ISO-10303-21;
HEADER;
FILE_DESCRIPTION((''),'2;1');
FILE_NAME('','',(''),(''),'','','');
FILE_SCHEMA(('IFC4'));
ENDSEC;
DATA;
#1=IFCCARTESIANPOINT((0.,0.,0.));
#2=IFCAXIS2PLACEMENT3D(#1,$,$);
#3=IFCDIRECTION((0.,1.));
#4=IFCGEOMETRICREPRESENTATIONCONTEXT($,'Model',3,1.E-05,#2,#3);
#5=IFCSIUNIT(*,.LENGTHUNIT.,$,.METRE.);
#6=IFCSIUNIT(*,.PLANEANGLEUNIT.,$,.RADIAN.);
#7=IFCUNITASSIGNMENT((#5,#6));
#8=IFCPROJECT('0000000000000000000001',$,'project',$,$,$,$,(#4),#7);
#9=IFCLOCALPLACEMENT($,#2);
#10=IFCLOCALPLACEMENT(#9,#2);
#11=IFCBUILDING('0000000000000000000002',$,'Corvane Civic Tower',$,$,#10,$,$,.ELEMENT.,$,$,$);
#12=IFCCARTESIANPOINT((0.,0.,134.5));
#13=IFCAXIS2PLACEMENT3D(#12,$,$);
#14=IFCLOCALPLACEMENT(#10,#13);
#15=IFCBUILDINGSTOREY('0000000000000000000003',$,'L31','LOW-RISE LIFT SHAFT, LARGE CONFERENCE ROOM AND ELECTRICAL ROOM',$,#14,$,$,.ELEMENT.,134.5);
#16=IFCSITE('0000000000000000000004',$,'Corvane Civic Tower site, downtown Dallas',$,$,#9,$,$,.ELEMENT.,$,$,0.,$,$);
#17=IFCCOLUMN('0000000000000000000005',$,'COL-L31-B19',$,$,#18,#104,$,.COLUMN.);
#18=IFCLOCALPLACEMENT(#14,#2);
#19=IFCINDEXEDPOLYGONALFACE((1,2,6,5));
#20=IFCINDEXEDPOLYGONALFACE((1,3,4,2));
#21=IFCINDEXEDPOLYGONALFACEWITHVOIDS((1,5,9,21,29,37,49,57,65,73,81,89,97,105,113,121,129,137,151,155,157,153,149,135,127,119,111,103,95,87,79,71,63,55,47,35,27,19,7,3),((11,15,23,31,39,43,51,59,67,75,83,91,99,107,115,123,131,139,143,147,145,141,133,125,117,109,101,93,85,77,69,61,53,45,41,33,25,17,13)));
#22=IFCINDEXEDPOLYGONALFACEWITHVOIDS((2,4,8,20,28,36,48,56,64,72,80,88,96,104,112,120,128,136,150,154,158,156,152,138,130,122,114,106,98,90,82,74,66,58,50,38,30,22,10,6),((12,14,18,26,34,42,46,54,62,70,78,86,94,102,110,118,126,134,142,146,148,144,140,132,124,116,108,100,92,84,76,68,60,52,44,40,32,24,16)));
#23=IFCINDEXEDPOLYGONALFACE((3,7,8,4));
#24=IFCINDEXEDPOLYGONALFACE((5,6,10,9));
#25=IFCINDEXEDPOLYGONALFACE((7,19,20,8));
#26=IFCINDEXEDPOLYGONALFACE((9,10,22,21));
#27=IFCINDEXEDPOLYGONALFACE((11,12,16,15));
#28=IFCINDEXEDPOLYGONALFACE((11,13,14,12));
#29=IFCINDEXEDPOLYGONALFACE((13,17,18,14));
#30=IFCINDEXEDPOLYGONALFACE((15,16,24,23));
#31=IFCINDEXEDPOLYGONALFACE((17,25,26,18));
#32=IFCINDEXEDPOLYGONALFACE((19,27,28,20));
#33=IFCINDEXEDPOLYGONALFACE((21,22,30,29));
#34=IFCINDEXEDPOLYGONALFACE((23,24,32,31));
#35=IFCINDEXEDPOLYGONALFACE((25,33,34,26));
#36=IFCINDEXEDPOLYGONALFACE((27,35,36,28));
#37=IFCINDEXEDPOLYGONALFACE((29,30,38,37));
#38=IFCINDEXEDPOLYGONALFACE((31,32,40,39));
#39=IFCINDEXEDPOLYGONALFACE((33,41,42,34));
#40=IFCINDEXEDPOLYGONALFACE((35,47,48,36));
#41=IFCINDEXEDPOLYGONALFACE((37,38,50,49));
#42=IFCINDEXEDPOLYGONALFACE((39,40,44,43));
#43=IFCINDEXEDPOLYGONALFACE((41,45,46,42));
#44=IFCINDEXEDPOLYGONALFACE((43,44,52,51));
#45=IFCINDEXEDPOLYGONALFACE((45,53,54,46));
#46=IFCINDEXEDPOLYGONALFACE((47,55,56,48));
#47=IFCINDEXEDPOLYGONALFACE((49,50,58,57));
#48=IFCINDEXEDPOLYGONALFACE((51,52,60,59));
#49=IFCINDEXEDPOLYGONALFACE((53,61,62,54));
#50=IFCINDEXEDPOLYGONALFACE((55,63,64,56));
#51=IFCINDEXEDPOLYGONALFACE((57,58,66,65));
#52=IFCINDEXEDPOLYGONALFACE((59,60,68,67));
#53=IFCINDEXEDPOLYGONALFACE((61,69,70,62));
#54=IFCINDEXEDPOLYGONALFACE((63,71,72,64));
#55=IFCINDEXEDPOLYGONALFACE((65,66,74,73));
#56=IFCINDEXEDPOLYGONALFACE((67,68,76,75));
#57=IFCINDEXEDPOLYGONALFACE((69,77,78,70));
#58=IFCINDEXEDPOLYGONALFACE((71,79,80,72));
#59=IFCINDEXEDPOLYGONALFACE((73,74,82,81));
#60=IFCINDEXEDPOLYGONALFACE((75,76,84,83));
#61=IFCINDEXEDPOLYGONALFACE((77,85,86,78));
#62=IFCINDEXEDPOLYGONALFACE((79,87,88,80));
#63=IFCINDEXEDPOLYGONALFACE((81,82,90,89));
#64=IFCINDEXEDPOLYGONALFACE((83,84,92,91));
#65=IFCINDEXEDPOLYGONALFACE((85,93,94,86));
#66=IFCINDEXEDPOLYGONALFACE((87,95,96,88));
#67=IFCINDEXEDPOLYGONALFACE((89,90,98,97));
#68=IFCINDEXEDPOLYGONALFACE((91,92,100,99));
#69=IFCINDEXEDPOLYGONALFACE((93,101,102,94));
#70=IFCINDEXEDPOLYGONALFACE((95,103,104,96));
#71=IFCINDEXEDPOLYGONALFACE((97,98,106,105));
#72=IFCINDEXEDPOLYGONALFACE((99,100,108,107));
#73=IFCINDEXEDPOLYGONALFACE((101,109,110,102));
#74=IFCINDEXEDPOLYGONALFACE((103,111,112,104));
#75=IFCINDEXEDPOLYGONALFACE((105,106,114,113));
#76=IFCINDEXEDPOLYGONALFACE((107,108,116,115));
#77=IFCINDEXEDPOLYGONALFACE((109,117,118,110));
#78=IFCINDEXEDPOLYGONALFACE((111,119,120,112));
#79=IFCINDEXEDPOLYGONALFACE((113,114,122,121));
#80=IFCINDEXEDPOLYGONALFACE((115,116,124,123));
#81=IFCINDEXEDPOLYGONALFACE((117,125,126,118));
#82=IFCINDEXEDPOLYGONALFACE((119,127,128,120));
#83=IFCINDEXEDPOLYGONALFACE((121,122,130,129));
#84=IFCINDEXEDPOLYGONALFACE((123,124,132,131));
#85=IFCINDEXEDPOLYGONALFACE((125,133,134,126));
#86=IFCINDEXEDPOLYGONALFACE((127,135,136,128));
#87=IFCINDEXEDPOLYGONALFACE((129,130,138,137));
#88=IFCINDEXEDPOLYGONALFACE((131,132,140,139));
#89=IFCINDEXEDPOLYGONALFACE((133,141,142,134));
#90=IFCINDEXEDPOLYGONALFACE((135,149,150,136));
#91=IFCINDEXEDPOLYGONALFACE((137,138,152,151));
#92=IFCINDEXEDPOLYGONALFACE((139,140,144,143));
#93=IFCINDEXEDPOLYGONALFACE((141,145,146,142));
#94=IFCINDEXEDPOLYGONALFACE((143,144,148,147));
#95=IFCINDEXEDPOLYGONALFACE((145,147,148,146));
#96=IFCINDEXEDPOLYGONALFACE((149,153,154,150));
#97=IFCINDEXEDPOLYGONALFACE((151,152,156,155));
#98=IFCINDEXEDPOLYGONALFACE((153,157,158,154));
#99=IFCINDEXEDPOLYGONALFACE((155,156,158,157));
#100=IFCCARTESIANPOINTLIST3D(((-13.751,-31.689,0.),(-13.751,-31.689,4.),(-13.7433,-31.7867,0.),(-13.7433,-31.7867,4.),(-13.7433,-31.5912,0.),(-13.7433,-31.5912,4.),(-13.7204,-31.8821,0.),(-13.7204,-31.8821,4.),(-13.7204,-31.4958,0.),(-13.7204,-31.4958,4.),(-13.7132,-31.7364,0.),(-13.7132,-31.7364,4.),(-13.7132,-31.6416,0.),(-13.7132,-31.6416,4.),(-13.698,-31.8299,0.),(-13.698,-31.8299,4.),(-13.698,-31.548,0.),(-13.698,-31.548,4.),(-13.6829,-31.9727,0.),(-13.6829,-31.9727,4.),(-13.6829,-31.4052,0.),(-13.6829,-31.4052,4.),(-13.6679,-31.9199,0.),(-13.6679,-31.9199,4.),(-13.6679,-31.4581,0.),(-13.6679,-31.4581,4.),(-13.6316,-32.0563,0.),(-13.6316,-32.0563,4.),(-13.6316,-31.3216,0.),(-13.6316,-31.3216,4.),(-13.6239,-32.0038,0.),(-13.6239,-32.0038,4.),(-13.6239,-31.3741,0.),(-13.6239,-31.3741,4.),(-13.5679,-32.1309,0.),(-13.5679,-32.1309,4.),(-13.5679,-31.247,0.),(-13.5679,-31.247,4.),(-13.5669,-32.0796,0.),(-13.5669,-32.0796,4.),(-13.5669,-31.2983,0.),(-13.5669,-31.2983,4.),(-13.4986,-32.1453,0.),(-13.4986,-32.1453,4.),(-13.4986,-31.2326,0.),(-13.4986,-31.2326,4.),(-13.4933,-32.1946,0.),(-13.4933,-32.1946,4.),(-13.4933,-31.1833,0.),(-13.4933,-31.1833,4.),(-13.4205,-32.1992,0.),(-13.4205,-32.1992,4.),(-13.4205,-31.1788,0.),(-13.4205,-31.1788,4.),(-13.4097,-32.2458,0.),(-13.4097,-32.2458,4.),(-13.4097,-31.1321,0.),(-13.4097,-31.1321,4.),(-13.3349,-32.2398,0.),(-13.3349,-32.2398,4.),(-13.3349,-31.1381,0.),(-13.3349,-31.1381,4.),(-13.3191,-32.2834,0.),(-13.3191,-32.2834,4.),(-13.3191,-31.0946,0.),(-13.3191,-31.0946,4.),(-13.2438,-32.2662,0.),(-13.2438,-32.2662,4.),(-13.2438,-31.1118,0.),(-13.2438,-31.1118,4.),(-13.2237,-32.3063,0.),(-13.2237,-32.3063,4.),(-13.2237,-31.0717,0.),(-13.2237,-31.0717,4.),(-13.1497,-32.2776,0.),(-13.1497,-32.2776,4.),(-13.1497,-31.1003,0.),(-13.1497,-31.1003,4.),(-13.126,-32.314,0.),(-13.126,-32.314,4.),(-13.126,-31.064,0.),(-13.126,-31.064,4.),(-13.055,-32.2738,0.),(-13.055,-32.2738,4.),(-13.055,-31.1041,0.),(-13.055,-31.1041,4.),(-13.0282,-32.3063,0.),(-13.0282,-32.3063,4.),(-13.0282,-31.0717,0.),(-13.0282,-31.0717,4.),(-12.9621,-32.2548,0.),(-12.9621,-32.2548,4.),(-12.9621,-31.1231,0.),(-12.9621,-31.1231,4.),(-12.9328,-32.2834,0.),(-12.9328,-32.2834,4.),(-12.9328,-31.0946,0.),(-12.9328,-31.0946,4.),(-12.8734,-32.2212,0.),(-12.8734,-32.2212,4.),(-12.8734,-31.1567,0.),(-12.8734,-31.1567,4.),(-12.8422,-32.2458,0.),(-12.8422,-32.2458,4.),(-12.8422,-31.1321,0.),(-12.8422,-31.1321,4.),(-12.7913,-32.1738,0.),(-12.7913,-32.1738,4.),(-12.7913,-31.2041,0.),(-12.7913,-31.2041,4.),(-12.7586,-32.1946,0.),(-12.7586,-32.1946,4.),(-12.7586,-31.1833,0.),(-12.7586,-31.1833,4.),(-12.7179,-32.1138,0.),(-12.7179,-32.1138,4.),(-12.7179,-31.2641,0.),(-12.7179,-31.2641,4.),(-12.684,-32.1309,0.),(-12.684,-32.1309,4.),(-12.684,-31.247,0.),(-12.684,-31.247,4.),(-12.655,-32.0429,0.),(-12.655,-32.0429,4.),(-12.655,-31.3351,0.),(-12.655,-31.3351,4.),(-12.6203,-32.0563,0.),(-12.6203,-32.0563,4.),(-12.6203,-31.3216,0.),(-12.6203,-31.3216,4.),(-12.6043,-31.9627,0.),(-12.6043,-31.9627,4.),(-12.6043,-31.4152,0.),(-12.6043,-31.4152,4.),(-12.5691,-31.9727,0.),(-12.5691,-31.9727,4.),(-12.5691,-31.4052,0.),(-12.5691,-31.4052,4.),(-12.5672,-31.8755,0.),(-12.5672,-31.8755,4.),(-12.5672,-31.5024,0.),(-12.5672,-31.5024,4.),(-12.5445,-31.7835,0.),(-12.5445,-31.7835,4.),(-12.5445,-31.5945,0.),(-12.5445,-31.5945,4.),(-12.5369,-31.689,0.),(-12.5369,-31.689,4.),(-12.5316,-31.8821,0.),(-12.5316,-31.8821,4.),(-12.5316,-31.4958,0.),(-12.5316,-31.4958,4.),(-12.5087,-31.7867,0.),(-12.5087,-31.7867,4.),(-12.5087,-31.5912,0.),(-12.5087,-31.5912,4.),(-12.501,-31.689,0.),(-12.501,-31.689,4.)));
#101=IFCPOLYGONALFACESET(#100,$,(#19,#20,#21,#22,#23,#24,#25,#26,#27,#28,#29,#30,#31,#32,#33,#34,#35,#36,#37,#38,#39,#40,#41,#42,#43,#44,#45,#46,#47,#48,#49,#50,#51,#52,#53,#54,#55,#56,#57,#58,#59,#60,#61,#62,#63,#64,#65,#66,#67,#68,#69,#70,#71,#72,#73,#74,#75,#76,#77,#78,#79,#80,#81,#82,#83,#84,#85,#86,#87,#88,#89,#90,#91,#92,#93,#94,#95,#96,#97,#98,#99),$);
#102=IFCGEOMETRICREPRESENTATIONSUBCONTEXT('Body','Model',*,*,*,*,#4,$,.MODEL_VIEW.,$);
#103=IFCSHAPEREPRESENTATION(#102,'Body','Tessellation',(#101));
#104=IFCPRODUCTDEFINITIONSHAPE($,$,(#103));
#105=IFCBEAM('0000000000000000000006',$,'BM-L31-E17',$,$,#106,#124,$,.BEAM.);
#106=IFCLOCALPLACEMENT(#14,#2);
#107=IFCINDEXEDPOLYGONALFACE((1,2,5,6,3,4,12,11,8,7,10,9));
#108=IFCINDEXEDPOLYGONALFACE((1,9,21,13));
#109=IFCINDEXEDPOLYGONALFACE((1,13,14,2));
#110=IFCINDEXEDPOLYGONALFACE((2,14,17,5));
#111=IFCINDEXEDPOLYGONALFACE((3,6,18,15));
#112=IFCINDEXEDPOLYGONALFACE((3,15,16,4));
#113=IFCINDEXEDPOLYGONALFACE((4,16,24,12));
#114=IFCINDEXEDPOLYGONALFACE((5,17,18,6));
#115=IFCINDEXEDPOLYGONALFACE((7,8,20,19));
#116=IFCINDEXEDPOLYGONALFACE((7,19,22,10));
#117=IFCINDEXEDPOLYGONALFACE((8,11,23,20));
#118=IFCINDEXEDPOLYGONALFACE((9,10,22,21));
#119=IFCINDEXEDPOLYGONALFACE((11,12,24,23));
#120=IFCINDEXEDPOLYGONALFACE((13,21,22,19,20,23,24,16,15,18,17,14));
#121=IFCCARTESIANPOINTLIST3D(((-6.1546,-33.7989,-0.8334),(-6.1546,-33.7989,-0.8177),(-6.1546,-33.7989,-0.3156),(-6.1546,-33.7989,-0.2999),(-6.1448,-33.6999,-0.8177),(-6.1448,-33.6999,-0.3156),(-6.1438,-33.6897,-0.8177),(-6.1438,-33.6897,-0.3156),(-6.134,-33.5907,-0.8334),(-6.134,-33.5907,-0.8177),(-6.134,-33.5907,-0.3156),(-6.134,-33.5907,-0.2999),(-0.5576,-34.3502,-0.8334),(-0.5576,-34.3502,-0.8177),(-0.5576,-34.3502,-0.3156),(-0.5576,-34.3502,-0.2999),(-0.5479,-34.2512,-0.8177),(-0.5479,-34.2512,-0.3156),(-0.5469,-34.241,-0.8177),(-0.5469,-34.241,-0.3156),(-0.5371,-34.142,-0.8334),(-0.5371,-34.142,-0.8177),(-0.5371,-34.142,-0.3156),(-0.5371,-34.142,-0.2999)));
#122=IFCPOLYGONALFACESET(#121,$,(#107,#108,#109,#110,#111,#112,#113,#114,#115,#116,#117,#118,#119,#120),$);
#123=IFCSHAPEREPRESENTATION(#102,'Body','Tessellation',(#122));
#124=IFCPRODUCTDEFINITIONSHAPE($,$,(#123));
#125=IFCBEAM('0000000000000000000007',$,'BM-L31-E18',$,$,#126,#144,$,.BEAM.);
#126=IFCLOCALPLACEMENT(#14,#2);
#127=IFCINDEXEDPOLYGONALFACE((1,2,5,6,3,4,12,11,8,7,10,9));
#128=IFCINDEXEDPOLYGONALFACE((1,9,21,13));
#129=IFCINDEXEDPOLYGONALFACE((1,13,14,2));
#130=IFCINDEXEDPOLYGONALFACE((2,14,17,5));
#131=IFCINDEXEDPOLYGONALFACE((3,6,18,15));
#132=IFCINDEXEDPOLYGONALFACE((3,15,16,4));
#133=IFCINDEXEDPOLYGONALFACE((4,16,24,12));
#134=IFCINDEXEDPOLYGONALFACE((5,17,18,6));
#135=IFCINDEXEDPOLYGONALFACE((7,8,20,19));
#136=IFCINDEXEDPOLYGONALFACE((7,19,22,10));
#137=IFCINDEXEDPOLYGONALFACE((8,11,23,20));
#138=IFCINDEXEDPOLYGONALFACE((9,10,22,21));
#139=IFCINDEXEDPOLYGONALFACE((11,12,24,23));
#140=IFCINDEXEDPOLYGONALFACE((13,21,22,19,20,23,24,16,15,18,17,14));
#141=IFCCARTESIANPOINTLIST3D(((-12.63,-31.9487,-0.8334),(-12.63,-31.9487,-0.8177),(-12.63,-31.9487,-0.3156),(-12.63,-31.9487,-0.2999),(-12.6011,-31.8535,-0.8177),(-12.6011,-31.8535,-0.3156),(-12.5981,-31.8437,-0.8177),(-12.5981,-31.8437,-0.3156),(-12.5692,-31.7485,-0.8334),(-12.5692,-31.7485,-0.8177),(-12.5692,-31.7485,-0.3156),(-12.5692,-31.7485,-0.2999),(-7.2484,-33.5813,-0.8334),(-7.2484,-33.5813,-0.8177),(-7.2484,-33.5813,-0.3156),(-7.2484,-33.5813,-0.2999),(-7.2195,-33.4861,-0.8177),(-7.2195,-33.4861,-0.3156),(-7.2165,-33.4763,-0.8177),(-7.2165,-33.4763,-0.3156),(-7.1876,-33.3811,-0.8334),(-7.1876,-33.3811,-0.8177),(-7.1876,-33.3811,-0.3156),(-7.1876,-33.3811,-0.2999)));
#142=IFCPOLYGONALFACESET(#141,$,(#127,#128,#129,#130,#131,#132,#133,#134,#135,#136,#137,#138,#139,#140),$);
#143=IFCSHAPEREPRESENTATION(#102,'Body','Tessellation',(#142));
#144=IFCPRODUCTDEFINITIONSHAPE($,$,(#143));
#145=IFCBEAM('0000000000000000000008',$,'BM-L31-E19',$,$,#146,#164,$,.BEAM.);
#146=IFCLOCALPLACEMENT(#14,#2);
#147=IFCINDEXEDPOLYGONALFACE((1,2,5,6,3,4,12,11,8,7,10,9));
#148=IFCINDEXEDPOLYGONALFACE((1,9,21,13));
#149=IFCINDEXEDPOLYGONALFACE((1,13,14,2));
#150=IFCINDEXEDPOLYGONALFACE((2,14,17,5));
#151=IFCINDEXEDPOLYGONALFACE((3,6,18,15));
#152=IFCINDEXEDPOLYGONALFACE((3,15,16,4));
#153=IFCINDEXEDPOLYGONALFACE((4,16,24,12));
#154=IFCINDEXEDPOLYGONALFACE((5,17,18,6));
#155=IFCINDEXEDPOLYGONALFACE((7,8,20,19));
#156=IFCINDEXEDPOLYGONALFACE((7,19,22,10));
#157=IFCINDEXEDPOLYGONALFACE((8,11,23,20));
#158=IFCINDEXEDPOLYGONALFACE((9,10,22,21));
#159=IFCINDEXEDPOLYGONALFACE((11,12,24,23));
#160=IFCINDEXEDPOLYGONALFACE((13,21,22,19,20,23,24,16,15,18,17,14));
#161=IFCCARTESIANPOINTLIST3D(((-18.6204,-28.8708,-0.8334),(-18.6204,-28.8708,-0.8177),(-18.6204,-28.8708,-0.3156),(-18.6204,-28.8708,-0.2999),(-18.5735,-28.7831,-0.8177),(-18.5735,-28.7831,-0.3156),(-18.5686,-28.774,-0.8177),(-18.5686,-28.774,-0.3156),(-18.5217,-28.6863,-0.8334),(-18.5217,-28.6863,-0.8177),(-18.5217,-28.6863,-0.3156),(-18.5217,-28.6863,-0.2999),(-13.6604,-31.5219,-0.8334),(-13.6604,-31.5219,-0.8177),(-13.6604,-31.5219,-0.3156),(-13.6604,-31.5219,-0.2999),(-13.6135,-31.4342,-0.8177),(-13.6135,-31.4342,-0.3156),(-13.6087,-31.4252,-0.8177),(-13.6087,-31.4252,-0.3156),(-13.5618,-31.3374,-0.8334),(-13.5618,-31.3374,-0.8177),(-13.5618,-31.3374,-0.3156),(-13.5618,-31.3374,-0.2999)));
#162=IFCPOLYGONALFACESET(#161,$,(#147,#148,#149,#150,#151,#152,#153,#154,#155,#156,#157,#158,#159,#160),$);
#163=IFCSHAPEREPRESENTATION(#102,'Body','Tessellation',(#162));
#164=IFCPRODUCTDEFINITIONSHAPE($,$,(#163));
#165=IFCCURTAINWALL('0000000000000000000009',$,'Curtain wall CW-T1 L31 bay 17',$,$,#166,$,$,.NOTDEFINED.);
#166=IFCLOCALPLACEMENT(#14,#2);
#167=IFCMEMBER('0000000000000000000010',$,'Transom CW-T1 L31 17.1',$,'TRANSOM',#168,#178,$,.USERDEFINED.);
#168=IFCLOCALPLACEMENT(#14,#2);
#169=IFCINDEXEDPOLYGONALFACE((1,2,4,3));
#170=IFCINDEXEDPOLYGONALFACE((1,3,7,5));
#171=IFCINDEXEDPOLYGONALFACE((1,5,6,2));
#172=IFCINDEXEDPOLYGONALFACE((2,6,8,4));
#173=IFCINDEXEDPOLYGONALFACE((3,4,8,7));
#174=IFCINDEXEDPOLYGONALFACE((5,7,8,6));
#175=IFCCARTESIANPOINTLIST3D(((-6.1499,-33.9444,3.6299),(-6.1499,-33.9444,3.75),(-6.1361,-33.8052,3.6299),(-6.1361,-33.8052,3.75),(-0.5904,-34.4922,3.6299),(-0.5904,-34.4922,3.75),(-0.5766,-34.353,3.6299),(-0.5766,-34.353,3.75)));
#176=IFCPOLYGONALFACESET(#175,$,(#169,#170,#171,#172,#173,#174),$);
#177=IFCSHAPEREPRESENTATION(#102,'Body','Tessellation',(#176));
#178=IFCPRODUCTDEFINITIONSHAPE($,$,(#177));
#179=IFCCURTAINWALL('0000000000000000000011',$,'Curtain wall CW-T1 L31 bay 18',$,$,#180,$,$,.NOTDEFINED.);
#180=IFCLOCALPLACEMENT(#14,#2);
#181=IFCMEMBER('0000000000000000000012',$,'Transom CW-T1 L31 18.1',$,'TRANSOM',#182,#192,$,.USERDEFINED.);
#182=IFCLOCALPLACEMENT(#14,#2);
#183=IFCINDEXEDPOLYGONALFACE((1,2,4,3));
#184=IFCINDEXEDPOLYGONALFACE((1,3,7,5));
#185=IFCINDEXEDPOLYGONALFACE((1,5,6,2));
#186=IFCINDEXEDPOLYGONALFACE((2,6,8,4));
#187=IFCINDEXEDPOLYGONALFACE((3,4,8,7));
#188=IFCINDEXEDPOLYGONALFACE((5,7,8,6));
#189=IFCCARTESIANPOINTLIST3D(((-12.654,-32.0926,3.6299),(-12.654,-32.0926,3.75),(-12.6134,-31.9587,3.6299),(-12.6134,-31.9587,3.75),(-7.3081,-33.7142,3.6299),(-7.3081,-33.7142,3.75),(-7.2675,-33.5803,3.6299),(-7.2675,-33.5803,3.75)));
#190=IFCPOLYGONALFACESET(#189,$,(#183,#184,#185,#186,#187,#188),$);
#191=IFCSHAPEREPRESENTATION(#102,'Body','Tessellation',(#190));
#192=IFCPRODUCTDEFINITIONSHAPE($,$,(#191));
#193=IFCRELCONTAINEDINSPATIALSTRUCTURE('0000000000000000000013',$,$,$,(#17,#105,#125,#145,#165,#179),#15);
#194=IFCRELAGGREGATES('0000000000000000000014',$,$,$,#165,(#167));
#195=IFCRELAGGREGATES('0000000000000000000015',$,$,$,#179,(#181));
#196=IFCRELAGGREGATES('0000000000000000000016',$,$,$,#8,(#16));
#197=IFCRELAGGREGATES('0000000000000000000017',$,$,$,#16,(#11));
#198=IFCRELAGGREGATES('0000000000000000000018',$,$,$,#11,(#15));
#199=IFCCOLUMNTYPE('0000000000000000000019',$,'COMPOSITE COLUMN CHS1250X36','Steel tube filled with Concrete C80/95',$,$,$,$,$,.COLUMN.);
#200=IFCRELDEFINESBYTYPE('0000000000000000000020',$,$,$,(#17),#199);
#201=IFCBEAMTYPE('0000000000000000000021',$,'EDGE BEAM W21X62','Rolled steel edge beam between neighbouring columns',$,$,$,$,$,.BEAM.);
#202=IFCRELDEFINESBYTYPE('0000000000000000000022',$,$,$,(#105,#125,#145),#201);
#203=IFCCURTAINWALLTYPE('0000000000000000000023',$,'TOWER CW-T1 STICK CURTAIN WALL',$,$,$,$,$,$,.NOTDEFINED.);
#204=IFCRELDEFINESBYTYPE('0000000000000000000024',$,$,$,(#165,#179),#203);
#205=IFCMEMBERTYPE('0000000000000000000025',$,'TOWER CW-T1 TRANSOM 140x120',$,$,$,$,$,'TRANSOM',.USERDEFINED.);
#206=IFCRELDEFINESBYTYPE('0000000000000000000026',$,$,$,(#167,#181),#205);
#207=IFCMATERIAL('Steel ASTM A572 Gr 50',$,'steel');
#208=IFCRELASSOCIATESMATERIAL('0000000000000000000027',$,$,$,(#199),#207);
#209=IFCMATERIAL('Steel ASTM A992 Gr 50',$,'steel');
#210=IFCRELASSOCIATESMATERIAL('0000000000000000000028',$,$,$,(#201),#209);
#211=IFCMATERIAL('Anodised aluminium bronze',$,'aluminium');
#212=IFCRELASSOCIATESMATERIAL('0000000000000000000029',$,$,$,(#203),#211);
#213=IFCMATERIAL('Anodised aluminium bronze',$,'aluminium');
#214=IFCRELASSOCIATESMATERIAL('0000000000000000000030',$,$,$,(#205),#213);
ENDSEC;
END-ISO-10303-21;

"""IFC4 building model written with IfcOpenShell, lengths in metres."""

from ifc_helpers import new_model, si_unit, direction, frame, origin, origin_2d, place, context, subcontext, project, spatial, rectangle, hollow_circle, i_section, extrude, material, material_profile, profile_set, type_object, element, aggregate, save


model = new_model("IFC4")

# Units and contexts
model_context = context("Model", 3, precision=1e-05, world=origin(), true_north=direction((0.0, 1.0)))
body_context = subcontext(model_context, "Body", "Model", "MODEL_VIEW")
ifc_project = project(units=[si_unit("LENGTHUNIT", "METRE"), si_unit("PLANEANGLEUNIT", "RADIAN")], contexts=[model_context])

# Site, building, storey
site_placement = place(None, origin())
site = spatial("IfcSite", under=ifc_project, at=site_placement, Name="Corvane Civic Tower site, downtown Dallas", CompositionType="ELEMENT", RefElevation=0.0)
building_placement = place(site_placement, origin())
building = spatial("IfcBuilding", under=site, at=building_placement, Name="Corvane Civic Tower", CompositionType="ELEMENT")
storey_placement = place(building_placement, frame((0.0, 0.0, 134.5)))
storey = spatial("IfcBuildingStorey", under=building, at=storey_placement, Name="L31", Description="LOW-RISE LIFT SHAFT, LARGE CONFERENCE ROOM AND ELECTRICAL ROOM", CompositionType="ELEMENT", Elevation=134.5)

# Column
ifc_material_1 = material(Name="Steel ASTM A572 Gr 50", Category="steel")
ifc_material_profile_1 = material_profile(ifc_material_1, hollow_circle(Radius=0.625, WallThickness=0.0359, at=origin_2d()), Name="CHS1250X36")
ifc_profile_set_1 = profile_set([ifc_material_profile_1], Name="Steel ASTM A572 Gr 50")
column_type = type_object("IfcColumnType", Name="COMPOSITE COLUMN CHS1250X36", Description="Steel tube filled with Concrete C80/95", PredefinedType="COLUMN", material=ifc_profile_set_1)
for number, where, z_axis, x_axis, name in (
    (1, (-13.126, -31.689, 0.0), (0.0, 0.0, 1.0), (1.0, 0.0, 0.0), "COL-L31-B19"),
):
    element("IfcColumn", number, at=place(storey_placement, frame(where, z_axis=z_axis, x_axis=x_axis)), inside=storey, type_object=column_type, Name=name, PredefinedType="COLUMN", context=body_context, shape_type="SweptSolid", body=[
        extrude(hollow_circle(Radius=0.625, WallThickness=0.0359, at=origin_2d()), origin(), (0.0, 0.0, 1.0), 4.0),
    ])

# Beams
ifc_material_2 = material(Name="Steel ASTM A992 Gr 50", Category="steel")
ifc_material_profile_2 = material_profile(ifc_material_2, i_section(OverallWidth=0.2092, OverallDepth=0.5334, WebThickness=0.0103, FlangeThickness=0.0156, at=origin_2d()), Name="W21X62")
ifc_profile_set_2 = profile_set([ifc_material_profile_2], Name="Steel ASTM A992 Gr 50")
beam_type = type_object("IfcBeamType", Name="EDGE BEAM W21X62", Description="Rolled steel edge beam between neighbouring columns", PredefinedType="BEAM", material=ifc_profile_set_2)
beam_1_placement = place(storey_placement, frame((-0.5474, -34.2461, -0.5667), z_axis=(-0.995184, 0.098021, 0.0), x_axis=(-0.098021, -0.995184, 0.0)))
element("IfcBeam", 2, at=beam_1_placement, inside=storey, type_object=beam_type, Name="BM-L31-E17", PredefinedType="BEAM", context=body_context, shape_type="SweptSolid", body=[
    extrude(i_section(OverallWidth=0.2092, OverallDepth=0.5334, WebThickness=0.0103, FlangeThickness=0.0156, at=origin_2d()), origin(), (0.0, 0.0, 1.0), 5.624),
])
beam_2_placement = place(storey_placement, frame((-7.218, -33.4812, -0.5667), z_axis=(-0.956936, 0.290298, 0.0), x_axis=(-0.290298, -0.956936, 0.0)))
element("IfcBeam", 3, at=beam_2_placement, inside=storey, type_object=beam_type, Name="BM-L31-E18", PredefinedType="BEAM", context=body_context, shape_type="SweptSolid", body=[
    extrude(i_section(OverallWidth=0.2092, OverallDepth=0.5334, WebThickness=0.0103, FlangeThickness=0.0156, at=origin_2d()), origin(), (0.0, 0.0, 1.0), 5.6238),
])
beam_3_placement = place(storey_placement, frame((-13.6111, -31.4297, -0.5667), z_axis=(-0.881924, 0.471392, 0.0), x_axis=(-0.471392, -0.881924, 0.0)))
element("IfcBeam", 4, at=beam_3_placement, inside=storey, type_object=beam_type, Name="BM-L31-E19", PredefinedType="BEAM", context=body_context, shape_type="SweptSolid", body=[
    extrude(i_section(OverallWidth=0.2092, OverallDepth=0.5334, WebThickness=0.0103, FlangeThickness=0.0156, at=origin_2d()), origin(), (0.0, 0.0, 1.0), 5.624),
])

# Curtain walls, members
ifc_material_3 = material(Name="Anodised aluminium bronze", Category="aluminium")
curtain_wall_type = type_object("IfcCurtainWallType", Name="TOWER CW-T1 STICK CURTAIN WALL", PredefinedType="NOTDEFINED", material=ifc_material_3)
curtain_wall_1_placement = place(storey_placement, origin())
curtain_wall_1 = element("IfcCurtainWall", 5, at=curtain_wall_1_placement, inside=storey, type_object=curtain_wall_type, Name="Curtain wall CW-T1 L31 bay 17", PredefinedType="NOTDEFINED")
ifc_material_4 = material(Name="Anodised aluminium bronze", Category="aluminium")
ifc_material_profile_3 = material_profile(ifc_material_4, rectangle(XDim=0.1399, YDim=0.1201, at=origin_2d()), Name="TOWER CW-T1 TRANSOM 140x120")
ifc_profile_set_3 = profile_set([ifc_material_profile_3], Name="Anodised aluminium bronze")
member_type = type_object("IfcMemberType", Name="TOWER CW-T1 TRANSOM 140x120", ElementType="TRANSOM", PredefinedType="USERDEFINED", material=ifc_profile_set_3)
member_1_placement = place(storey_placement, frame((-0.5835, -34.4226, 3.6899), z_axis=(-0.99518, 0.098067, 0.0), x_axis=(-0.098067, -0.99518, 0.0)))
member_1 = element("IfcMember", 6, at=member_1_placement, type_object=member_type, Name="Transom CW-T1 L31 17.1", ObjectType="TRANSOM", PredefinedType="USERDEFINED", context=body_context, shape_type="SweptSolid", body=[
    extrude(rectangle(XDim=0.1399, YDim=0.1201, at=origin_2d()), origin(), (0.0, 0.0, 1.0), 5.5864),
])
curtain_wall_2_placement = place(storey_placement, origin())
curtain_wall_2 = element("IfcCurtainWall", 7, at=curtain_wall_2_placement, inside=storey, type_object=curtain_wall_type, Name="Curtain wall CW-T1 L31 bay 18", PredefinedType="NOTDEFINED")
member_2_placement = place(storey_placement, frame((-7.2878, -33.6472, 3.6899), z_axis=(-0.956945, 0.290269, 0.0), x_axis=(-0.290269, -0.956945, 0.0)))
member_2 = element("IfcMember", 8, at=member_2_placement, type_object=member_type, Name="Transom CW-T1 L31 18.1", ObjectType="TRANSOM", PredefinedType="USERDEFINED", context=body_context, shape_type="SweptSolid", body=[
    extrude(rectangle(XDim=0.1399, YDim=0.1201, at=origin_2d()), origin(), (0.0, 0.0, 1.0), 5.5864),
])

aggregate(curtain_wall_1, [member_1])
aggregate(curtain_wall_2, [member_2])

save(model, "model.ifc")
